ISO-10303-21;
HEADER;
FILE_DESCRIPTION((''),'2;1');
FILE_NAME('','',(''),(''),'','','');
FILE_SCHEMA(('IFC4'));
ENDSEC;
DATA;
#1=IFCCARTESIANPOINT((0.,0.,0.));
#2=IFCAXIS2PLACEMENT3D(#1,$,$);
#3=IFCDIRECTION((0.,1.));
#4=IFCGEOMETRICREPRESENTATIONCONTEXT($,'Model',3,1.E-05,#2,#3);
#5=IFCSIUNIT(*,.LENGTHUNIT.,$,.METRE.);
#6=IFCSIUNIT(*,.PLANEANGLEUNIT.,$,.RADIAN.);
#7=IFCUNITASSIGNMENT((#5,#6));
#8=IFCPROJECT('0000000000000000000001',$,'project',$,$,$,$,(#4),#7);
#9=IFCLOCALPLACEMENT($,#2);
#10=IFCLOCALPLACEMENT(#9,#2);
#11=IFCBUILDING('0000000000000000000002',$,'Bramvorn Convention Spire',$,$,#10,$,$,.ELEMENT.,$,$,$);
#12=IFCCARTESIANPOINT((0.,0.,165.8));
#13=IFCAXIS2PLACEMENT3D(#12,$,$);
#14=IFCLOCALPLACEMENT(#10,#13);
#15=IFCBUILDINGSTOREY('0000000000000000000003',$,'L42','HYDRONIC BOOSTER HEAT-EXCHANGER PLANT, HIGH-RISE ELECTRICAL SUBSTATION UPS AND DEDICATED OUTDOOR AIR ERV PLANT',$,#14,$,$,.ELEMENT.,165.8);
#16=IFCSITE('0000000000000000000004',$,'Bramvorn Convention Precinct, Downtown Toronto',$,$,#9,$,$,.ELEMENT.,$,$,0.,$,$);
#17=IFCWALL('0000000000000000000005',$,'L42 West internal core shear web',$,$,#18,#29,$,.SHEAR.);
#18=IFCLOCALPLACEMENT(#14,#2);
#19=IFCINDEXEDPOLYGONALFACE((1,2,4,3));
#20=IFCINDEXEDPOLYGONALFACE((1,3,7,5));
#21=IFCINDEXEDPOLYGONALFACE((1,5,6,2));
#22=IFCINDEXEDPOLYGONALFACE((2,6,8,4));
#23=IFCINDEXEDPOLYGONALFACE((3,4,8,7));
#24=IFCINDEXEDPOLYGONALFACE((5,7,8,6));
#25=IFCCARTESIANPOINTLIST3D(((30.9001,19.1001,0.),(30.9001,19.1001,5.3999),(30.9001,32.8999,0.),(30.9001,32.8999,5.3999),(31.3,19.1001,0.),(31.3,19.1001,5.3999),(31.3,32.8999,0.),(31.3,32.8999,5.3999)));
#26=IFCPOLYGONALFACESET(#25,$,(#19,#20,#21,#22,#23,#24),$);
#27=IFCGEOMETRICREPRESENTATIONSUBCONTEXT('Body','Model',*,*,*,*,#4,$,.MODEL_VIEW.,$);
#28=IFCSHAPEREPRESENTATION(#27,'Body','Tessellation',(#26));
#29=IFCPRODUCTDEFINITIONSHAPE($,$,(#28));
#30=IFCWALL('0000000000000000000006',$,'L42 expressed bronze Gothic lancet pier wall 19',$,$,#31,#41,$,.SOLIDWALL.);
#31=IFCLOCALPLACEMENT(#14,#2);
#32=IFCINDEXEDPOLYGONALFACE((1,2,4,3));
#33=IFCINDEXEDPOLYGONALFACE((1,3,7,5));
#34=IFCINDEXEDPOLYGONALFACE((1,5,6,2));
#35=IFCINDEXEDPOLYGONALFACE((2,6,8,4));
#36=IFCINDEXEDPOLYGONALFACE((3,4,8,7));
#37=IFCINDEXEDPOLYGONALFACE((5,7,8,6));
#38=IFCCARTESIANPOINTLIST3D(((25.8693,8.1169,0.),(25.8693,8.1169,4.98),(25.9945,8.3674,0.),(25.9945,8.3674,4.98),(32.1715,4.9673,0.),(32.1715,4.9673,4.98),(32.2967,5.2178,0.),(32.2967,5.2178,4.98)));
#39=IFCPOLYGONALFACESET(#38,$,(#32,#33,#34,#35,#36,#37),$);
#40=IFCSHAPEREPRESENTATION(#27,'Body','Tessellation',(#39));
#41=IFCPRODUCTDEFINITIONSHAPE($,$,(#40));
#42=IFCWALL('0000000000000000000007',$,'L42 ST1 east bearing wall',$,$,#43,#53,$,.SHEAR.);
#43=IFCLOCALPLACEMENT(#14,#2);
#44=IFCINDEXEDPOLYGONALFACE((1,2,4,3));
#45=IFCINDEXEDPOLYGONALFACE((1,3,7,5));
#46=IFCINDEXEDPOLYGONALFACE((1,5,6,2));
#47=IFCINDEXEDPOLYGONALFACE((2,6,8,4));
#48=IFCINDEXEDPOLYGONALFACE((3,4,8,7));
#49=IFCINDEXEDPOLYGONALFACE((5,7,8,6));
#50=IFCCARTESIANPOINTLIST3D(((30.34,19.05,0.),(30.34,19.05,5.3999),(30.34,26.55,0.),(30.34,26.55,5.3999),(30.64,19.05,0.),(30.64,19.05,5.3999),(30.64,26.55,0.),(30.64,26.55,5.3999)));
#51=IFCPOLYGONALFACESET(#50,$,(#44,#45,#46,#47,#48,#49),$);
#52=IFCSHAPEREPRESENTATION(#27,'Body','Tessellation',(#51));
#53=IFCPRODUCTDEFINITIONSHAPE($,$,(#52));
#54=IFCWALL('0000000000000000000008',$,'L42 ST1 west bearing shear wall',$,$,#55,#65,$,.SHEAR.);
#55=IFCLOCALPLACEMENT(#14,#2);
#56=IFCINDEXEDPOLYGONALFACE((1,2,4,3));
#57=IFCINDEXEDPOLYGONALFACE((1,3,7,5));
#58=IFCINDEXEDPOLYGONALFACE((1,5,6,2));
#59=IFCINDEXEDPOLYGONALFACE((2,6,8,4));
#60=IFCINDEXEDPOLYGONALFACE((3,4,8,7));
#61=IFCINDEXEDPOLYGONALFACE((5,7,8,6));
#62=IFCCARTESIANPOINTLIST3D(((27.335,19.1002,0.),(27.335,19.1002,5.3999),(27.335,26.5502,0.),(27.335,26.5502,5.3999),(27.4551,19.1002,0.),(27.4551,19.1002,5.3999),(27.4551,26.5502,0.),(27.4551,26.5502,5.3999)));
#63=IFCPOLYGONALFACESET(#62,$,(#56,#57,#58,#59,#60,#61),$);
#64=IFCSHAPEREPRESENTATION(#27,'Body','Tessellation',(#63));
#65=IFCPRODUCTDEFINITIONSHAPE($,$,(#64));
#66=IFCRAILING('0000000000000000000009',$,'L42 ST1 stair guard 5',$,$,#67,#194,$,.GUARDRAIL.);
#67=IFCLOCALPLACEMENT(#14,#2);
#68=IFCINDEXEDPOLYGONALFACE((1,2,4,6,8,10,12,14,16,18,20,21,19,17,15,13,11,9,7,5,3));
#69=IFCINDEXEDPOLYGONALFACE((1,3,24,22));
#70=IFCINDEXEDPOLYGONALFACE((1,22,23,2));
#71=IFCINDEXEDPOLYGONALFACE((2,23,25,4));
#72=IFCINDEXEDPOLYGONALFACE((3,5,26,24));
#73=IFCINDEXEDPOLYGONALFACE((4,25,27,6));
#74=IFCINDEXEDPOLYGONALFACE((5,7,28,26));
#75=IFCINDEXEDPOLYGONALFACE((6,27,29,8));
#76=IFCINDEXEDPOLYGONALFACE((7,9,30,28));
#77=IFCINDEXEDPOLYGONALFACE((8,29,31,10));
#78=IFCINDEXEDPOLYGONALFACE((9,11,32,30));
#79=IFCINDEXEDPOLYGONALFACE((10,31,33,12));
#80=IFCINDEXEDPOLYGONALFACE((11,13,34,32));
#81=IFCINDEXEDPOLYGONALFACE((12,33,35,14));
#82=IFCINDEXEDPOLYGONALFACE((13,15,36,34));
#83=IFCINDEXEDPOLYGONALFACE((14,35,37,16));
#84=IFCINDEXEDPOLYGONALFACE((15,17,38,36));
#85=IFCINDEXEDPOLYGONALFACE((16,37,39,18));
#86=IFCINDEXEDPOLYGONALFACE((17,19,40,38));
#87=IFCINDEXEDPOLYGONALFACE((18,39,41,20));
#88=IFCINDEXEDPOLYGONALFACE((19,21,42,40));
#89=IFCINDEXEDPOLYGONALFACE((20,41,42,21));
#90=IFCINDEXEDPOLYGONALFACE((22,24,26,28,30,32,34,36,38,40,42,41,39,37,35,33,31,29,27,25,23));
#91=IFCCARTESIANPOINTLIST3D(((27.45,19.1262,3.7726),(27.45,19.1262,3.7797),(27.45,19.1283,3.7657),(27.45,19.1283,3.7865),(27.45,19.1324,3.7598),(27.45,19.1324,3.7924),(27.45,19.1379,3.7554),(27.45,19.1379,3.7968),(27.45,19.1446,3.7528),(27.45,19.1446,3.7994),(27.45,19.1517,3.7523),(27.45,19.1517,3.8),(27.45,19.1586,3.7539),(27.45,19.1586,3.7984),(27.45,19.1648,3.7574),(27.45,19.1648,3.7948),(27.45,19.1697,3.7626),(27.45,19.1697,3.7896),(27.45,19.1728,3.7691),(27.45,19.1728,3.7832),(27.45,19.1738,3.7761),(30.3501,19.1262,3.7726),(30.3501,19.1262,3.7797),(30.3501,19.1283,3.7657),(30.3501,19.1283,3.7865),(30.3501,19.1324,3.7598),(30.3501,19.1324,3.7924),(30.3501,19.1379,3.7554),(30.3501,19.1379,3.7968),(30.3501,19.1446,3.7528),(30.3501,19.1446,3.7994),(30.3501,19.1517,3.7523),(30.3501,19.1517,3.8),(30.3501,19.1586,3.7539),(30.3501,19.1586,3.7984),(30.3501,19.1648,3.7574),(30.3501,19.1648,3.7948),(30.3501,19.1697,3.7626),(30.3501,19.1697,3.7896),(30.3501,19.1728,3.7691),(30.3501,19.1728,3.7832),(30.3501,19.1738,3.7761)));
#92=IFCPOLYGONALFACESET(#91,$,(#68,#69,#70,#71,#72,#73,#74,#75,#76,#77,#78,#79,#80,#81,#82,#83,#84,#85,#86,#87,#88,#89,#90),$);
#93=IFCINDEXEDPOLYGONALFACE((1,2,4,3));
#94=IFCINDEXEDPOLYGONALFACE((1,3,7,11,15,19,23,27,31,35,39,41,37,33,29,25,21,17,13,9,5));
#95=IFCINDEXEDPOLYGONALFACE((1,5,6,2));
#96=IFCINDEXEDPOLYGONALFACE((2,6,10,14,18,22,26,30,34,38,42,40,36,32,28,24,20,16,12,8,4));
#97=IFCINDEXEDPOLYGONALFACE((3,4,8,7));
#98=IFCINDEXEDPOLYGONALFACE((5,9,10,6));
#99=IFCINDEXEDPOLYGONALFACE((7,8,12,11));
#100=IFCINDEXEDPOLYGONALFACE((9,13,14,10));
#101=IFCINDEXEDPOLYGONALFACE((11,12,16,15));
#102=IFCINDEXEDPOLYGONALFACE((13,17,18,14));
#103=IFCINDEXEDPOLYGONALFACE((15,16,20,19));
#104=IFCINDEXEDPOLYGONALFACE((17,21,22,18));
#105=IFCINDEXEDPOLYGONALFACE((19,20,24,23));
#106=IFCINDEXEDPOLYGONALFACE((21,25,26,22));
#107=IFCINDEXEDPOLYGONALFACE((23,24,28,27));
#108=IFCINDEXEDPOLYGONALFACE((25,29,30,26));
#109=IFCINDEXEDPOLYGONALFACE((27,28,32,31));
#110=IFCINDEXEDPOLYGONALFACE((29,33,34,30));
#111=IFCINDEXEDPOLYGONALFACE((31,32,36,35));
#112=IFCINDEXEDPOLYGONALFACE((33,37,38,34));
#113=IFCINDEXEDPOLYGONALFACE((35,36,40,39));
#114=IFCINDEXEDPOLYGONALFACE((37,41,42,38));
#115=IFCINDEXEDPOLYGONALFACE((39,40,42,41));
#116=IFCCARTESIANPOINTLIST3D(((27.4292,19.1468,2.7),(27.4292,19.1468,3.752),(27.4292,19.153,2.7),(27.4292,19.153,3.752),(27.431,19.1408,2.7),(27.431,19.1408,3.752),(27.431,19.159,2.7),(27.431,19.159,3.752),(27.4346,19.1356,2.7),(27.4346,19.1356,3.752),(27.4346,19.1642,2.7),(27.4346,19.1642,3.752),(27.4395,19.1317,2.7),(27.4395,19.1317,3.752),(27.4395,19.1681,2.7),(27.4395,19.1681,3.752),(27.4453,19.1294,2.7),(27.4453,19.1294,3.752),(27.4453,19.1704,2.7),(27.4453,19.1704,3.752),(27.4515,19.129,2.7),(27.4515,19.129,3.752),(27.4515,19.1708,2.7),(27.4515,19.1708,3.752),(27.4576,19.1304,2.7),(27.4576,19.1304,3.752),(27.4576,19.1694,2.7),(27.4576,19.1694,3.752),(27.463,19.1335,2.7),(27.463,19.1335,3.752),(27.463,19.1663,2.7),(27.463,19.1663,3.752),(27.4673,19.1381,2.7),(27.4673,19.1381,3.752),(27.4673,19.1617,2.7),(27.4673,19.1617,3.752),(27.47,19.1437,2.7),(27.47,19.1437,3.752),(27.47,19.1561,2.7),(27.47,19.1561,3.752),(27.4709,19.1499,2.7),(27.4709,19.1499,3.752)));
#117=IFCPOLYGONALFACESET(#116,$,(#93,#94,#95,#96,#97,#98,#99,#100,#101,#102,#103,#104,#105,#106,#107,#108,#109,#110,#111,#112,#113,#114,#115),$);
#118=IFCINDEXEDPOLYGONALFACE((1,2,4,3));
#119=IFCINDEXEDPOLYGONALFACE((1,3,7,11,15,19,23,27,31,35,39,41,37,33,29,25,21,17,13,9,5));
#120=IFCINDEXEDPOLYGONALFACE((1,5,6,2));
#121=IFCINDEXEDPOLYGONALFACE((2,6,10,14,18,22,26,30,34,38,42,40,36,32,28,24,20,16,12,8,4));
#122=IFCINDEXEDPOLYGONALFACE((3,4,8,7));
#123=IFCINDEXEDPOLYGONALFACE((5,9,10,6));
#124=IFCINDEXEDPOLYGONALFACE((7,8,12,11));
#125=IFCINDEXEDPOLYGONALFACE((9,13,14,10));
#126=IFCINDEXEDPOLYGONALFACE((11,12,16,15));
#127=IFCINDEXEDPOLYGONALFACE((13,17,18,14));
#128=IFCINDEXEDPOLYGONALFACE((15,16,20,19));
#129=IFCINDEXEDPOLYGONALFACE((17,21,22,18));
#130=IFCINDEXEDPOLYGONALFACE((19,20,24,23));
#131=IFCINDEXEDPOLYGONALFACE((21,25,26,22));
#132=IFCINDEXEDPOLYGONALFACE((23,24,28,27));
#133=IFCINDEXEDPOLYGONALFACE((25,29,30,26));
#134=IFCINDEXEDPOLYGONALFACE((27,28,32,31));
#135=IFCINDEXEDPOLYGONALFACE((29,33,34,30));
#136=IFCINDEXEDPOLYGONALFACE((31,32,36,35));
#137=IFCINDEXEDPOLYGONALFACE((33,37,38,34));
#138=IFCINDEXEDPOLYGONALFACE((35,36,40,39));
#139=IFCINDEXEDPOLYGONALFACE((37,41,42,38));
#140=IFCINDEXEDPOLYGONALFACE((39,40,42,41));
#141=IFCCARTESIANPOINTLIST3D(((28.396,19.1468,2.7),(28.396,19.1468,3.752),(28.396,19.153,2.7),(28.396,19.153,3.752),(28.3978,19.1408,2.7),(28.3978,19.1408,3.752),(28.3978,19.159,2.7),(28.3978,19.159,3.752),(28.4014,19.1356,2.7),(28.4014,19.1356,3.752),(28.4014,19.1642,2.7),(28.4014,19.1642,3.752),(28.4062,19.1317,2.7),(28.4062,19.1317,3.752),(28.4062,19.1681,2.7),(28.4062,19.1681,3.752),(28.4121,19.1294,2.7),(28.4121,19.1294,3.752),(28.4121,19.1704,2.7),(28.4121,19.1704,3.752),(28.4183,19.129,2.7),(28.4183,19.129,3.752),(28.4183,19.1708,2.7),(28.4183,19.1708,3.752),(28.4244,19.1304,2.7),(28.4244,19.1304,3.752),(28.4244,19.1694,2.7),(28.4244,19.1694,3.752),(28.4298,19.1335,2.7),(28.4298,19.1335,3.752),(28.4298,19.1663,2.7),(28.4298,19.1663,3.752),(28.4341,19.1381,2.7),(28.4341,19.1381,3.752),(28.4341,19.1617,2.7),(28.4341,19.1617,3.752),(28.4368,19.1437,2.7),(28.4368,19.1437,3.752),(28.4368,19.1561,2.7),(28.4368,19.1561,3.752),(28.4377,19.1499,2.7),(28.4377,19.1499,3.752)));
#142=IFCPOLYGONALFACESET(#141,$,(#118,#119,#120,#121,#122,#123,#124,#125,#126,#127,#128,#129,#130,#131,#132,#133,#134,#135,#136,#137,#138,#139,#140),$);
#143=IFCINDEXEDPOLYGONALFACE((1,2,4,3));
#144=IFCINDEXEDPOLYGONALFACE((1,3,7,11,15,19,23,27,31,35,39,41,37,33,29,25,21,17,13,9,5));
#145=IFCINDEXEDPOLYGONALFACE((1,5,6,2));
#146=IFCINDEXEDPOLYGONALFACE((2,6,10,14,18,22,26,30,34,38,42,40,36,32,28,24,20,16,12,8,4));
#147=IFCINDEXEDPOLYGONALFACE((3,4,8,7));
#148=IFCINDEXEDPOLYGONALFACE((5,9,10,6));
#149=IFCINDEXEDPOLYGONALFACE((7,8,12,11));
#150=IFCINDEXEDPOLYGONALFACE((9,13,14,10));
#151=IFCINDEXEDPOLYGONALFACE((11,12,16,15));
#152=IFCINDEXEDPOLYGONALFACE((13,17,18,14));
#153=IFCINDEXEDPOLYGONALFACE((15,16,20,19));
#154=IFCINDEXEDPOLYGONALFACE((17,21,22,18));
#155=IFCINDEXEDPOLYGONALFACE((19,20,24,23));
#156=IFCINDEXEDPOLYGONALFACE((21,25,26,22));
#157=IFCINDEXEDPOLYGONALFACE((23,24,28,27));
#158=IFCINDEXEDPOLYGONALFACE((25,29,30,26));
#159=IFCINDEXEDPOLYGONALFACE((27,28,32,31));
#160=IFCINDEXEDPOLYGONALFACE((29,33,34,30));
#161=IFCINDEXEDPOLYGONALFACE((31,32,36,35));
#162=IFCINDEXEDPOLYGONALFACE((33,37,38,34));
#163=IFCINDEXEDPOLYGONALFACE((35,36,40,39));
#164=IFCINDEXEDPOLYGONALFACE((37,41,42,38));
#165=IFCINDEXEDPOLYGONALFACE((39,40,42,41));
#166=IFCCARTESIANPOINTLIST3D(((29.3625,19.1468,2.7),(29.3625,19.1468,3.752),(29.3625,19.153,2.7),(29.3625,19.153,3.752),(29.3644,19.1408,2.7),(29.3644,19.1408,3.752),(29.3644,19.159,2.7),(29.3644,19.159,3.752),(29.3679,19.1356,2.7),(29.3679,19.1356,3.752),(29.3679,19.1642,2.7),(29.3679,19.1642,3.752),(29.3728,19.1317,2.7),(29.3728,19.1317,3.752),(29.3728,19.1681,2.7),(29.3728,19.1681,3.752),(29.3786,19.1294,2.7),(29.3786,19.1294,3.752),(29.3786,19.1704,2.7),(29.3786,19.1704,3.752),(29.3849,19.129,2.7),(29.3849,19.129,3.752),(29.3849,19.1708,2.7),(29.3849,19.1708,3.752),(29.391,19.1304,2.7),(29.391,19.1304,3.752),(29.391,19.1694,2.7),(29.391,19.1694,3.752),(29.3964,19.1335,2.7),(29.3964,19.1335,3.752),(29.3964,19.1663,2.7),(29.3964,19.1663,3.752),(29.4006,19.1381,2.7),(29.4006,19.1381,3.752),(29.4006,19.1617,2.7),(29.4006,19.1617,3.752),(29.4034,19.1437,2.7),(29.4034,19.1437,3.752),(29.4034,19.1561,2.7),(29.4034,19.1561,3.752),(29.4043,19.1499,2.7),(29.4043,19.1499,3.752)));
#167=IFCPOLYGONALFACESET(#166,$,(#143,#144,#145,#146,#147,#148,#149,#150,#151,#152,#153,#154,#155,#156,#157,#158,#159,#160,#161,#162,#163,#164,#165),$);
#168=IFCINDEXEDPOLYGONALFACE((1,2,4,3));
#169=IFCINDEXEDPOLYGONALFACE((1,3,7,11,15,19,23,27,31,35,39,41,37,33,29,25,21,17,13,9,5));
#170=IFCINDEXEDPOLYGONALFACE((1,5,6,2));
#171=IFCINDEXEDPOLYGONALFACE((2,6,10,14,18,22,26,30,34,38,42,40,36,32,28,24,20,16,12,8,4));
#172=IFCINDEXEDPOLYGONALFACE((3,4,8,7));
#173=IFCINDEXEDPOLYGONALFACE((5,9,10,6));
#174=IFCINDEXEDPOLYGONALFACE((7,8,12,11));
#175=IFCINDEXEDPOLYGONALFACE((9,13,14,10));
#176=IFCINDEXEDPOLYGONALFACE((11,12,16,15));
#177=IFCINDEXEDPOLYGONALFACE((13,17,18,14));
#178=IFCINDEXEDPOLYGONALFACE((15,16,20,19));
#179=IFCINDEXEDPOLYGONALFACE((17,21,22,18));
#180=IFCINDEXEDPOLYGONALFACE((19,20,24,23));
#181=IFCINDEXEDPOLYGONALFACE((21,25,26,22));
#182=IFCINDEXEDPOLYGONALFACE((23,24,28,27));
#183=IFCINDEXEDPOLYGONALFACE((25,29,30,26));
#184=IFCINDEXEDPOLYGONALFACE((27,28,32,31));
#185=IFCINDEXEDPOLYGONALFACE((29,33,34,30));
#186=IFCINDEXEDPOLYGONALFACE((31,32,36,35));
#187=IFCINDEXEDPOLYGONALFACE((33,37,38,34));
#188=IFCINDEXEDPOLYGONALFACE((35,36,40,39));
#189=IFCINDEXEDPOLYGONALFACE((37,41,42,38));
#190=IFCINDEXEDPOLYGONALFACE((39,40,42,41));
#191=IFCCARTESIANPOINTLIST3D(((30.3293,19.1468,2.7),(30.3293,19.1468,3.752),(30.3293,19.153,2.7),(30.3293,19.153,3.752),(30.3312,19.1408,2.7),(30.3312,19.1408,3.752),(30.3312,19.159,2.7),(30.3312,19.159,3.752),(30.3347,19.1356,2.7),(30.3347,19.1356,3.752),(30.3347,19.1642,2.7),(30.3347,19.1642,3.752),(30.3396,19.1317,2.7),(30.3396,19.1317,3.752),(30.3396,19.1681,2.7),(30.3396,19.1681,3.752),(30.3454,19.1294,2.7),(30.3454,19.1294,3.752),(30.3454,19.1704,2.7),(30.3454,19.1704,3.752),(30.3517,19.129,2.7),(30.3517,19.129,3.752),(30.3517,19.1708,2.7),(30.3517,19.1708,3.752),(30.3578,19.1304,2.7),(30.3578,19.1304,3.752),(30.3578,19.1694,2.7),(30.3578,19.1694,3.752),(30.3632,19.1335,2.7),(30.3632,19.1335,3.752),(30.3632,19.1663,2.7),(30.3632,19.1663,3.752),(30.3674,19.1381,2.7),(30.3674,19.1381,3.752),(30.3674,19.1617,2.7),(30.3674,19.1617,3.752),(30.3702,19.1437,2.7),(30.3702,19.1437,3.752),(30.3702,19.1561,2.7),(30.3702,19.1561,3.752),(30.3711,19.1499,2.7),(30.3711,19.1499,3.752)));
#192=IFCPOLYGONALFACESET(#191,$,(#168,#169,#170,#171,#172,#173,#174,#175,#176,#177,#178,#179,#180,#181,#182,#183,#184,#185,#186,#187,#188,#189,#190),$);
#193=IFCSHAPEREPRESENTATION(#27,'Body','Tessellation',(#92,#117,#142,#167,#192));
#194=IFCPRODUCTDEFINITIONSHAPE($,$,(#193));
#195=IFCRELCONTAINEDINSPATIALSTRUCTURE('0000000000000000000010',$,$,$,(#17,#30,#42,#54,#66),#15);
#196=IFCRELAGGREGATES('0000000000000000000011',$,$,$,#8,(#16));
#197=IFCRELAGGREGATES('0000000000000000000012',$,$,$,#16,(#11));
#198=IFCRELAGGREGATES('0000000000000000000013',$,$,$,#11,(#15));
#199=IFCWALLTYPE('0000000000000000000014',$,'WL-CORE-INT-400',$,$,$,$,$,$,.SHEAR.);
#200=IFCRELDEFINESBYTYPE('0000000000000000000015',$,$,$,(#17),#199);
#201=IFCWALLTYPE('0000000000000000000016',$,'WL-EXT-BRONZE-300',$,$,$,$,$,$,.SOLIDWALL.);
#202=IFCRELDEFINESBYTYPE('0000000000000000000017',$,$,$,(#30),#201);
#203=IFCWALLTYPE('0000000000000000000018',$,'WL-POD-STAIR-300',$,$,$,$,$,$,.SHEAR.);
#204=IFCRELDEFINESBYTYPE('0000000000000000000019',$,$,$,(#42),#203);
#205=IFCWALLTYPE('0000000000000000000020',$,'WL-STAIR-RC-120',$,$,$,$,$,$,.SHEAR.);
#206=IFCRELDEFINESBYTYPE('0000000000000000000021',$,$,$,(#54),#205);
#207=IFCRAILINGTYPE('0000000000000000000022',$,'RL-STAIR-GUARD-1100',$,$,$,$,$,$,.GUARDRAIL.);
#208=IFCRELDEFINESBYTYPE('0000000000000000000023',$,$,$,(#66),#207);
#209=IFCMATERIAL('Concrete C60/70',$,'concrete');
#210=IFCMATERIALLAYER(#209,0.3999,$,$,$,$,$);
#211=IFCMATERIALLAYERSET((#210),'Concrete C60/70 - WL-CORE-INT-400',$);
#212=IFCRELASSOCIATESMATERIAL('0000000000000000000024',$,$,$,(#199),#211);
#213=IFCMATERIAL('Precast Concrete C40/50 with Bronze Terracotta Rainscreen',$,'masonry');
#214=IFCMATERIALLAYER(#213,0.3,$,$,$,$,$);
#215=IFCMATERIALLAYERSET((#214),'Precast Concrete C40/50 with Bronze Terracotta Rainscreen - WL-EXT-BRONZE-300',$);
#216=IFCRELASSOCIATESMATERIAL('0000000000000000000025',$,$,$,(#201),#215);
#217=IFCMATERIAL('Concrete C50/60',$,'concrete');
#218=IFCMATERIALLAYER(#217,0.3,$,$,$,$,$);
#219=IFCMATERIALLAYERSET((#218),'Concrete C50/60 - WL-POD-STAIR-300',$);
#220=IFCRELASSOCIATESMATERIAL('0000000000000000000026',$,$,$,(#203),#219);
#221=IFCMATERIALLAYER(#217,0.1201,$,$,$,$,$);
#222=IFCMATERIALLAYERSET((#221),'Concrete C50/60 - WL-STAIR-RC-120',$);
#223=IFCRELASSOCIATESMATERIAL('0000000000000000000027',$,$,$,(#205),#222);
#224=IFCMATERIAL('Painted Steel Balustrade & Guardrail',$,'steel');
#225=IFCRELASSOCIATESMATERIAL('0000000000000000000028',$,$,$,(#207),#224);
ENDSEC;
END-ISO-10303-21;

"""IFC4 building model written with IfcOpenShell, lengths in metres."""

from ifc_helpers import new_model, si_unit, direction, frame, frame_2d, origin, origin_2d, place, context, subcontext, project, spatial, rectangle, circle, extrude, material, layer, layer_set, type_object, element, save


model = new_model("IFC4")

# Units and contexts
model_context = context("Model", 3, precision=1e-05, world=origin(), true_north=direction((0.0, 1.0)))
body_context = subcontext(model_context, "Body", "Model", "MODEL_VIEW")
ifc_project = project(units=[si_unit("LENGTHUNIT", "METRE"), si_unit("PLANEANGLEUNIT", "RADIAN")], contexts=[model_context])

# Site, building, storey
site_placement = place(None, origin())
site = spatial("IfcSite", under=ifc_project, at=site_placement, Name="Bramvorn Convention Precinct, Downtown Toronto", CompositionType="ELEMENT", RefElevation=0.0)
building_placement = place(site_placement, origin())
building = spatial("IfcBuilding", under=site, at=building_placement, Name="Bramvorn Convention Spire", CompositionType="ELEMENT")
storey_placement = place(building_placement, frame((0.0, 0.0, 165.8)))
storey = spatial("IfcBuildingStorey", under=building, at=storey_placement, Name="L42", Description="HYDRONIC BOOSTER HEAT-EXCHANGER PLANT, HIGH-RISE ELECTRICAL SUBSTATION UPS AND DEDICATED OUTDOOR AIR ERV PLANT", CompositionType="ELEMENT", Elevation=165.8)

# Shared definitions
ifc_material_1 = material(Name="Concrete C60/70", Category="concrete")

# Walls
ifc_layer_1 = layer(ifc_material_1, 0.3999)
ifc_layer_set_1 = layer_set([ifc_layer_1], Name="Concrete C60/70 - WL-CORE-INT-400")
wall_type_1 = type_object("IfcWallType", Name="WL-CORE-INT-400", PredefinedType="SHEAR", material=ifc_layer_set_1)
wall_1_placement = place(storey_placement, frame((31.1001, 19.1001, 0.0), z_axis=(0.0, 0.0, 1.0), x_axis=(0.0, 1.0, 0.0)))
element("IfcWall", 1, at=wall_1_placement, inside=storey, type_object=wall_type_1, Name="L42 West internal core shear web", PredefinedType="SHEAR", context=body_context, shape_type="SweptSolid", body=[
    extrude(rectangle(XDim=13.7998, YDim=0.3999, at=frame_2d((6.8999, 0.0))), origin(), (0.0, 0.0, 1.0), 5.3999),
])
ifc_material_2 = material(Name="Precast Concrete C40/50 with Bronze Terracotta Rainscreen", Category="masonry")
ifc_layer_2 = layer(ifc_material_2, 0.3)
ifc_layer_set_2 = layer_set([ifc_layer_2], Name="Precast Concrete C40/50 with Bronze Terracotta Rainscreen - WL-EXT-BRONZE-300")
wall_type_2 = type_object("IfcWallType", Name="WL-EXT-BRONZE-300", PredefinedType="SOLIDWALL", material=ifc_layer_set_2)
wall_2_placement = place(storey_placement, frame((32.2341, 5.0925, 0.0), z_axis=(0.0, 0.0, 1.0), x_axis=(-0.89451, 0.447047, 0.0)))
element("IfcWall", 2, at=wall_2_placement, inside=storey, type_object=wall_type_2, Name="L42 expressed bronze Gothic lancet pier wall 19", PredefinedType="SOLIDWALL", context=body_context, shape_type="SweptSolid", body=[
    extrude(rectangle(XDim=7.0454, YDim=0.28, at=frame_2d((3.5227, 0.0))), origin(), (0.0, 0.0, 1.0), 4.98),
])
ifc_material_3 = material(Name="Concrete C50/60", Category="concrete")
ifc_layer_3 = layer(ifc_material_3, 0.3)
ifc_layer_set_3 = layer_set([ifc_layer_3], Name="Concrete C50/60 - WL-POD-STAIR-300")
wall_type_3 = type_object("IfcWallType", Name="WL-POD-STAIR-300", PredefinedType="SHEAR", material=ifc_layer_set_3)
wall_3_placement = place(storey_placement, frame((30.49, 19.05, 0.0), z_axis=(0.0, 0.0, 1.0), x_axis=(0.0, 1.0, 0.0)))
element("IfcWall", 3, at=wall_3_placement, inside=storey, type_object=wall_type_3, Name="L42 ST1 east bearing wall", PredefinedType="SHEAR", context=body_context, shape_type="SweptSolid", body=[
    extrude(rectangle(XDim=7.5, YDim=0.3, at=frame_2d((3.75, 0.0))), origin(), (0.0, 0.0, 1.0), 5.3999),
])
ifc_layer_4 = layer(ifc_material_3, 0.1201)
ifc_layer_set_4 = layer_set([ifc_layer_4], Name="Concrete C50/60 - WL-STAIR-RC-120")
wall_type_4 = type_object("IfcWallType", Name="WL-STAIR-RC-120", PredefinedType="SHEAR", material=ifc_layer_set_4)
wall_4_placement = place(storey_placement, frame((27.395, 19.1001, 0.0), z_axis=(0.0, 0.0, 1.0), x_axis=(0.0, 1.0, 0.0)))
element("IfcWall", 4, at=wall_4_placement, inside=storey, type_object=wall_type_4, Name="L42 ST1 west bearing shear wall", PredefinedType="SHEAR", context=body_context, shape_type="SweptSolid", body=[
    extrude(rectangle(XDim=7.45, YDim=0.1201, at=frame_2d((3.7251, 0.0))), origin(), (0.0, 0.0, 1.0), 5.3999),
])

# Railing
ifc_material_4 = material(Name="Painted Steel Balustrade & Guardrail", Category="steel")
railing_type = type_object("IfcRailingType", Name="RL-STAIR-GUARD-1100", PredefinedType="GUARDRAIL", material=ifc_material_4)
railing_1_placement = place(storey_placement, frame((27.45, 19.1499, 2.7)))
element("IfcRailing", 5, at=railing_1_placement, inside=storey, type_object=railing_type, Name="L42 ST1 stair guard 5", PredefinedType="GUARDRAIL", context=body_context, shape_type="SweptSolid", body=[
    extrude(circle(Radius=0.0239, at=origin_2d()), frame((0.0, 0.0, 1.0762), z_axis=(1.0, 0.0, 0.0), x_axis=(0.0, 1.0, 0.0)), (0.0, 0.0, 1.0), 2.9001),
    extrude(circle(Radius=0.021, at=origin_2d()), origin(), (0.0, 0.0, 1.0), 1.052),
    extrude(circle(Radius=0.021, at=origin_2d()), frame((0.9668, 0.0, 0.0)), (0.0, 0.0, 1.0), 1.052),
    extrude(circle(Radius=0.021, at=origin_2d()), frame((1.9333, 0.0, 0.0)), (0.0, 0.0, 1.0), 1.052),
    extrude(circle(Radius=0.021, at=origin_2d()), frame((2.9001, 0.0, 0.0)), (0.0, 0.0, 1.0), 1.052),
])

save(model, "model.ifc")
